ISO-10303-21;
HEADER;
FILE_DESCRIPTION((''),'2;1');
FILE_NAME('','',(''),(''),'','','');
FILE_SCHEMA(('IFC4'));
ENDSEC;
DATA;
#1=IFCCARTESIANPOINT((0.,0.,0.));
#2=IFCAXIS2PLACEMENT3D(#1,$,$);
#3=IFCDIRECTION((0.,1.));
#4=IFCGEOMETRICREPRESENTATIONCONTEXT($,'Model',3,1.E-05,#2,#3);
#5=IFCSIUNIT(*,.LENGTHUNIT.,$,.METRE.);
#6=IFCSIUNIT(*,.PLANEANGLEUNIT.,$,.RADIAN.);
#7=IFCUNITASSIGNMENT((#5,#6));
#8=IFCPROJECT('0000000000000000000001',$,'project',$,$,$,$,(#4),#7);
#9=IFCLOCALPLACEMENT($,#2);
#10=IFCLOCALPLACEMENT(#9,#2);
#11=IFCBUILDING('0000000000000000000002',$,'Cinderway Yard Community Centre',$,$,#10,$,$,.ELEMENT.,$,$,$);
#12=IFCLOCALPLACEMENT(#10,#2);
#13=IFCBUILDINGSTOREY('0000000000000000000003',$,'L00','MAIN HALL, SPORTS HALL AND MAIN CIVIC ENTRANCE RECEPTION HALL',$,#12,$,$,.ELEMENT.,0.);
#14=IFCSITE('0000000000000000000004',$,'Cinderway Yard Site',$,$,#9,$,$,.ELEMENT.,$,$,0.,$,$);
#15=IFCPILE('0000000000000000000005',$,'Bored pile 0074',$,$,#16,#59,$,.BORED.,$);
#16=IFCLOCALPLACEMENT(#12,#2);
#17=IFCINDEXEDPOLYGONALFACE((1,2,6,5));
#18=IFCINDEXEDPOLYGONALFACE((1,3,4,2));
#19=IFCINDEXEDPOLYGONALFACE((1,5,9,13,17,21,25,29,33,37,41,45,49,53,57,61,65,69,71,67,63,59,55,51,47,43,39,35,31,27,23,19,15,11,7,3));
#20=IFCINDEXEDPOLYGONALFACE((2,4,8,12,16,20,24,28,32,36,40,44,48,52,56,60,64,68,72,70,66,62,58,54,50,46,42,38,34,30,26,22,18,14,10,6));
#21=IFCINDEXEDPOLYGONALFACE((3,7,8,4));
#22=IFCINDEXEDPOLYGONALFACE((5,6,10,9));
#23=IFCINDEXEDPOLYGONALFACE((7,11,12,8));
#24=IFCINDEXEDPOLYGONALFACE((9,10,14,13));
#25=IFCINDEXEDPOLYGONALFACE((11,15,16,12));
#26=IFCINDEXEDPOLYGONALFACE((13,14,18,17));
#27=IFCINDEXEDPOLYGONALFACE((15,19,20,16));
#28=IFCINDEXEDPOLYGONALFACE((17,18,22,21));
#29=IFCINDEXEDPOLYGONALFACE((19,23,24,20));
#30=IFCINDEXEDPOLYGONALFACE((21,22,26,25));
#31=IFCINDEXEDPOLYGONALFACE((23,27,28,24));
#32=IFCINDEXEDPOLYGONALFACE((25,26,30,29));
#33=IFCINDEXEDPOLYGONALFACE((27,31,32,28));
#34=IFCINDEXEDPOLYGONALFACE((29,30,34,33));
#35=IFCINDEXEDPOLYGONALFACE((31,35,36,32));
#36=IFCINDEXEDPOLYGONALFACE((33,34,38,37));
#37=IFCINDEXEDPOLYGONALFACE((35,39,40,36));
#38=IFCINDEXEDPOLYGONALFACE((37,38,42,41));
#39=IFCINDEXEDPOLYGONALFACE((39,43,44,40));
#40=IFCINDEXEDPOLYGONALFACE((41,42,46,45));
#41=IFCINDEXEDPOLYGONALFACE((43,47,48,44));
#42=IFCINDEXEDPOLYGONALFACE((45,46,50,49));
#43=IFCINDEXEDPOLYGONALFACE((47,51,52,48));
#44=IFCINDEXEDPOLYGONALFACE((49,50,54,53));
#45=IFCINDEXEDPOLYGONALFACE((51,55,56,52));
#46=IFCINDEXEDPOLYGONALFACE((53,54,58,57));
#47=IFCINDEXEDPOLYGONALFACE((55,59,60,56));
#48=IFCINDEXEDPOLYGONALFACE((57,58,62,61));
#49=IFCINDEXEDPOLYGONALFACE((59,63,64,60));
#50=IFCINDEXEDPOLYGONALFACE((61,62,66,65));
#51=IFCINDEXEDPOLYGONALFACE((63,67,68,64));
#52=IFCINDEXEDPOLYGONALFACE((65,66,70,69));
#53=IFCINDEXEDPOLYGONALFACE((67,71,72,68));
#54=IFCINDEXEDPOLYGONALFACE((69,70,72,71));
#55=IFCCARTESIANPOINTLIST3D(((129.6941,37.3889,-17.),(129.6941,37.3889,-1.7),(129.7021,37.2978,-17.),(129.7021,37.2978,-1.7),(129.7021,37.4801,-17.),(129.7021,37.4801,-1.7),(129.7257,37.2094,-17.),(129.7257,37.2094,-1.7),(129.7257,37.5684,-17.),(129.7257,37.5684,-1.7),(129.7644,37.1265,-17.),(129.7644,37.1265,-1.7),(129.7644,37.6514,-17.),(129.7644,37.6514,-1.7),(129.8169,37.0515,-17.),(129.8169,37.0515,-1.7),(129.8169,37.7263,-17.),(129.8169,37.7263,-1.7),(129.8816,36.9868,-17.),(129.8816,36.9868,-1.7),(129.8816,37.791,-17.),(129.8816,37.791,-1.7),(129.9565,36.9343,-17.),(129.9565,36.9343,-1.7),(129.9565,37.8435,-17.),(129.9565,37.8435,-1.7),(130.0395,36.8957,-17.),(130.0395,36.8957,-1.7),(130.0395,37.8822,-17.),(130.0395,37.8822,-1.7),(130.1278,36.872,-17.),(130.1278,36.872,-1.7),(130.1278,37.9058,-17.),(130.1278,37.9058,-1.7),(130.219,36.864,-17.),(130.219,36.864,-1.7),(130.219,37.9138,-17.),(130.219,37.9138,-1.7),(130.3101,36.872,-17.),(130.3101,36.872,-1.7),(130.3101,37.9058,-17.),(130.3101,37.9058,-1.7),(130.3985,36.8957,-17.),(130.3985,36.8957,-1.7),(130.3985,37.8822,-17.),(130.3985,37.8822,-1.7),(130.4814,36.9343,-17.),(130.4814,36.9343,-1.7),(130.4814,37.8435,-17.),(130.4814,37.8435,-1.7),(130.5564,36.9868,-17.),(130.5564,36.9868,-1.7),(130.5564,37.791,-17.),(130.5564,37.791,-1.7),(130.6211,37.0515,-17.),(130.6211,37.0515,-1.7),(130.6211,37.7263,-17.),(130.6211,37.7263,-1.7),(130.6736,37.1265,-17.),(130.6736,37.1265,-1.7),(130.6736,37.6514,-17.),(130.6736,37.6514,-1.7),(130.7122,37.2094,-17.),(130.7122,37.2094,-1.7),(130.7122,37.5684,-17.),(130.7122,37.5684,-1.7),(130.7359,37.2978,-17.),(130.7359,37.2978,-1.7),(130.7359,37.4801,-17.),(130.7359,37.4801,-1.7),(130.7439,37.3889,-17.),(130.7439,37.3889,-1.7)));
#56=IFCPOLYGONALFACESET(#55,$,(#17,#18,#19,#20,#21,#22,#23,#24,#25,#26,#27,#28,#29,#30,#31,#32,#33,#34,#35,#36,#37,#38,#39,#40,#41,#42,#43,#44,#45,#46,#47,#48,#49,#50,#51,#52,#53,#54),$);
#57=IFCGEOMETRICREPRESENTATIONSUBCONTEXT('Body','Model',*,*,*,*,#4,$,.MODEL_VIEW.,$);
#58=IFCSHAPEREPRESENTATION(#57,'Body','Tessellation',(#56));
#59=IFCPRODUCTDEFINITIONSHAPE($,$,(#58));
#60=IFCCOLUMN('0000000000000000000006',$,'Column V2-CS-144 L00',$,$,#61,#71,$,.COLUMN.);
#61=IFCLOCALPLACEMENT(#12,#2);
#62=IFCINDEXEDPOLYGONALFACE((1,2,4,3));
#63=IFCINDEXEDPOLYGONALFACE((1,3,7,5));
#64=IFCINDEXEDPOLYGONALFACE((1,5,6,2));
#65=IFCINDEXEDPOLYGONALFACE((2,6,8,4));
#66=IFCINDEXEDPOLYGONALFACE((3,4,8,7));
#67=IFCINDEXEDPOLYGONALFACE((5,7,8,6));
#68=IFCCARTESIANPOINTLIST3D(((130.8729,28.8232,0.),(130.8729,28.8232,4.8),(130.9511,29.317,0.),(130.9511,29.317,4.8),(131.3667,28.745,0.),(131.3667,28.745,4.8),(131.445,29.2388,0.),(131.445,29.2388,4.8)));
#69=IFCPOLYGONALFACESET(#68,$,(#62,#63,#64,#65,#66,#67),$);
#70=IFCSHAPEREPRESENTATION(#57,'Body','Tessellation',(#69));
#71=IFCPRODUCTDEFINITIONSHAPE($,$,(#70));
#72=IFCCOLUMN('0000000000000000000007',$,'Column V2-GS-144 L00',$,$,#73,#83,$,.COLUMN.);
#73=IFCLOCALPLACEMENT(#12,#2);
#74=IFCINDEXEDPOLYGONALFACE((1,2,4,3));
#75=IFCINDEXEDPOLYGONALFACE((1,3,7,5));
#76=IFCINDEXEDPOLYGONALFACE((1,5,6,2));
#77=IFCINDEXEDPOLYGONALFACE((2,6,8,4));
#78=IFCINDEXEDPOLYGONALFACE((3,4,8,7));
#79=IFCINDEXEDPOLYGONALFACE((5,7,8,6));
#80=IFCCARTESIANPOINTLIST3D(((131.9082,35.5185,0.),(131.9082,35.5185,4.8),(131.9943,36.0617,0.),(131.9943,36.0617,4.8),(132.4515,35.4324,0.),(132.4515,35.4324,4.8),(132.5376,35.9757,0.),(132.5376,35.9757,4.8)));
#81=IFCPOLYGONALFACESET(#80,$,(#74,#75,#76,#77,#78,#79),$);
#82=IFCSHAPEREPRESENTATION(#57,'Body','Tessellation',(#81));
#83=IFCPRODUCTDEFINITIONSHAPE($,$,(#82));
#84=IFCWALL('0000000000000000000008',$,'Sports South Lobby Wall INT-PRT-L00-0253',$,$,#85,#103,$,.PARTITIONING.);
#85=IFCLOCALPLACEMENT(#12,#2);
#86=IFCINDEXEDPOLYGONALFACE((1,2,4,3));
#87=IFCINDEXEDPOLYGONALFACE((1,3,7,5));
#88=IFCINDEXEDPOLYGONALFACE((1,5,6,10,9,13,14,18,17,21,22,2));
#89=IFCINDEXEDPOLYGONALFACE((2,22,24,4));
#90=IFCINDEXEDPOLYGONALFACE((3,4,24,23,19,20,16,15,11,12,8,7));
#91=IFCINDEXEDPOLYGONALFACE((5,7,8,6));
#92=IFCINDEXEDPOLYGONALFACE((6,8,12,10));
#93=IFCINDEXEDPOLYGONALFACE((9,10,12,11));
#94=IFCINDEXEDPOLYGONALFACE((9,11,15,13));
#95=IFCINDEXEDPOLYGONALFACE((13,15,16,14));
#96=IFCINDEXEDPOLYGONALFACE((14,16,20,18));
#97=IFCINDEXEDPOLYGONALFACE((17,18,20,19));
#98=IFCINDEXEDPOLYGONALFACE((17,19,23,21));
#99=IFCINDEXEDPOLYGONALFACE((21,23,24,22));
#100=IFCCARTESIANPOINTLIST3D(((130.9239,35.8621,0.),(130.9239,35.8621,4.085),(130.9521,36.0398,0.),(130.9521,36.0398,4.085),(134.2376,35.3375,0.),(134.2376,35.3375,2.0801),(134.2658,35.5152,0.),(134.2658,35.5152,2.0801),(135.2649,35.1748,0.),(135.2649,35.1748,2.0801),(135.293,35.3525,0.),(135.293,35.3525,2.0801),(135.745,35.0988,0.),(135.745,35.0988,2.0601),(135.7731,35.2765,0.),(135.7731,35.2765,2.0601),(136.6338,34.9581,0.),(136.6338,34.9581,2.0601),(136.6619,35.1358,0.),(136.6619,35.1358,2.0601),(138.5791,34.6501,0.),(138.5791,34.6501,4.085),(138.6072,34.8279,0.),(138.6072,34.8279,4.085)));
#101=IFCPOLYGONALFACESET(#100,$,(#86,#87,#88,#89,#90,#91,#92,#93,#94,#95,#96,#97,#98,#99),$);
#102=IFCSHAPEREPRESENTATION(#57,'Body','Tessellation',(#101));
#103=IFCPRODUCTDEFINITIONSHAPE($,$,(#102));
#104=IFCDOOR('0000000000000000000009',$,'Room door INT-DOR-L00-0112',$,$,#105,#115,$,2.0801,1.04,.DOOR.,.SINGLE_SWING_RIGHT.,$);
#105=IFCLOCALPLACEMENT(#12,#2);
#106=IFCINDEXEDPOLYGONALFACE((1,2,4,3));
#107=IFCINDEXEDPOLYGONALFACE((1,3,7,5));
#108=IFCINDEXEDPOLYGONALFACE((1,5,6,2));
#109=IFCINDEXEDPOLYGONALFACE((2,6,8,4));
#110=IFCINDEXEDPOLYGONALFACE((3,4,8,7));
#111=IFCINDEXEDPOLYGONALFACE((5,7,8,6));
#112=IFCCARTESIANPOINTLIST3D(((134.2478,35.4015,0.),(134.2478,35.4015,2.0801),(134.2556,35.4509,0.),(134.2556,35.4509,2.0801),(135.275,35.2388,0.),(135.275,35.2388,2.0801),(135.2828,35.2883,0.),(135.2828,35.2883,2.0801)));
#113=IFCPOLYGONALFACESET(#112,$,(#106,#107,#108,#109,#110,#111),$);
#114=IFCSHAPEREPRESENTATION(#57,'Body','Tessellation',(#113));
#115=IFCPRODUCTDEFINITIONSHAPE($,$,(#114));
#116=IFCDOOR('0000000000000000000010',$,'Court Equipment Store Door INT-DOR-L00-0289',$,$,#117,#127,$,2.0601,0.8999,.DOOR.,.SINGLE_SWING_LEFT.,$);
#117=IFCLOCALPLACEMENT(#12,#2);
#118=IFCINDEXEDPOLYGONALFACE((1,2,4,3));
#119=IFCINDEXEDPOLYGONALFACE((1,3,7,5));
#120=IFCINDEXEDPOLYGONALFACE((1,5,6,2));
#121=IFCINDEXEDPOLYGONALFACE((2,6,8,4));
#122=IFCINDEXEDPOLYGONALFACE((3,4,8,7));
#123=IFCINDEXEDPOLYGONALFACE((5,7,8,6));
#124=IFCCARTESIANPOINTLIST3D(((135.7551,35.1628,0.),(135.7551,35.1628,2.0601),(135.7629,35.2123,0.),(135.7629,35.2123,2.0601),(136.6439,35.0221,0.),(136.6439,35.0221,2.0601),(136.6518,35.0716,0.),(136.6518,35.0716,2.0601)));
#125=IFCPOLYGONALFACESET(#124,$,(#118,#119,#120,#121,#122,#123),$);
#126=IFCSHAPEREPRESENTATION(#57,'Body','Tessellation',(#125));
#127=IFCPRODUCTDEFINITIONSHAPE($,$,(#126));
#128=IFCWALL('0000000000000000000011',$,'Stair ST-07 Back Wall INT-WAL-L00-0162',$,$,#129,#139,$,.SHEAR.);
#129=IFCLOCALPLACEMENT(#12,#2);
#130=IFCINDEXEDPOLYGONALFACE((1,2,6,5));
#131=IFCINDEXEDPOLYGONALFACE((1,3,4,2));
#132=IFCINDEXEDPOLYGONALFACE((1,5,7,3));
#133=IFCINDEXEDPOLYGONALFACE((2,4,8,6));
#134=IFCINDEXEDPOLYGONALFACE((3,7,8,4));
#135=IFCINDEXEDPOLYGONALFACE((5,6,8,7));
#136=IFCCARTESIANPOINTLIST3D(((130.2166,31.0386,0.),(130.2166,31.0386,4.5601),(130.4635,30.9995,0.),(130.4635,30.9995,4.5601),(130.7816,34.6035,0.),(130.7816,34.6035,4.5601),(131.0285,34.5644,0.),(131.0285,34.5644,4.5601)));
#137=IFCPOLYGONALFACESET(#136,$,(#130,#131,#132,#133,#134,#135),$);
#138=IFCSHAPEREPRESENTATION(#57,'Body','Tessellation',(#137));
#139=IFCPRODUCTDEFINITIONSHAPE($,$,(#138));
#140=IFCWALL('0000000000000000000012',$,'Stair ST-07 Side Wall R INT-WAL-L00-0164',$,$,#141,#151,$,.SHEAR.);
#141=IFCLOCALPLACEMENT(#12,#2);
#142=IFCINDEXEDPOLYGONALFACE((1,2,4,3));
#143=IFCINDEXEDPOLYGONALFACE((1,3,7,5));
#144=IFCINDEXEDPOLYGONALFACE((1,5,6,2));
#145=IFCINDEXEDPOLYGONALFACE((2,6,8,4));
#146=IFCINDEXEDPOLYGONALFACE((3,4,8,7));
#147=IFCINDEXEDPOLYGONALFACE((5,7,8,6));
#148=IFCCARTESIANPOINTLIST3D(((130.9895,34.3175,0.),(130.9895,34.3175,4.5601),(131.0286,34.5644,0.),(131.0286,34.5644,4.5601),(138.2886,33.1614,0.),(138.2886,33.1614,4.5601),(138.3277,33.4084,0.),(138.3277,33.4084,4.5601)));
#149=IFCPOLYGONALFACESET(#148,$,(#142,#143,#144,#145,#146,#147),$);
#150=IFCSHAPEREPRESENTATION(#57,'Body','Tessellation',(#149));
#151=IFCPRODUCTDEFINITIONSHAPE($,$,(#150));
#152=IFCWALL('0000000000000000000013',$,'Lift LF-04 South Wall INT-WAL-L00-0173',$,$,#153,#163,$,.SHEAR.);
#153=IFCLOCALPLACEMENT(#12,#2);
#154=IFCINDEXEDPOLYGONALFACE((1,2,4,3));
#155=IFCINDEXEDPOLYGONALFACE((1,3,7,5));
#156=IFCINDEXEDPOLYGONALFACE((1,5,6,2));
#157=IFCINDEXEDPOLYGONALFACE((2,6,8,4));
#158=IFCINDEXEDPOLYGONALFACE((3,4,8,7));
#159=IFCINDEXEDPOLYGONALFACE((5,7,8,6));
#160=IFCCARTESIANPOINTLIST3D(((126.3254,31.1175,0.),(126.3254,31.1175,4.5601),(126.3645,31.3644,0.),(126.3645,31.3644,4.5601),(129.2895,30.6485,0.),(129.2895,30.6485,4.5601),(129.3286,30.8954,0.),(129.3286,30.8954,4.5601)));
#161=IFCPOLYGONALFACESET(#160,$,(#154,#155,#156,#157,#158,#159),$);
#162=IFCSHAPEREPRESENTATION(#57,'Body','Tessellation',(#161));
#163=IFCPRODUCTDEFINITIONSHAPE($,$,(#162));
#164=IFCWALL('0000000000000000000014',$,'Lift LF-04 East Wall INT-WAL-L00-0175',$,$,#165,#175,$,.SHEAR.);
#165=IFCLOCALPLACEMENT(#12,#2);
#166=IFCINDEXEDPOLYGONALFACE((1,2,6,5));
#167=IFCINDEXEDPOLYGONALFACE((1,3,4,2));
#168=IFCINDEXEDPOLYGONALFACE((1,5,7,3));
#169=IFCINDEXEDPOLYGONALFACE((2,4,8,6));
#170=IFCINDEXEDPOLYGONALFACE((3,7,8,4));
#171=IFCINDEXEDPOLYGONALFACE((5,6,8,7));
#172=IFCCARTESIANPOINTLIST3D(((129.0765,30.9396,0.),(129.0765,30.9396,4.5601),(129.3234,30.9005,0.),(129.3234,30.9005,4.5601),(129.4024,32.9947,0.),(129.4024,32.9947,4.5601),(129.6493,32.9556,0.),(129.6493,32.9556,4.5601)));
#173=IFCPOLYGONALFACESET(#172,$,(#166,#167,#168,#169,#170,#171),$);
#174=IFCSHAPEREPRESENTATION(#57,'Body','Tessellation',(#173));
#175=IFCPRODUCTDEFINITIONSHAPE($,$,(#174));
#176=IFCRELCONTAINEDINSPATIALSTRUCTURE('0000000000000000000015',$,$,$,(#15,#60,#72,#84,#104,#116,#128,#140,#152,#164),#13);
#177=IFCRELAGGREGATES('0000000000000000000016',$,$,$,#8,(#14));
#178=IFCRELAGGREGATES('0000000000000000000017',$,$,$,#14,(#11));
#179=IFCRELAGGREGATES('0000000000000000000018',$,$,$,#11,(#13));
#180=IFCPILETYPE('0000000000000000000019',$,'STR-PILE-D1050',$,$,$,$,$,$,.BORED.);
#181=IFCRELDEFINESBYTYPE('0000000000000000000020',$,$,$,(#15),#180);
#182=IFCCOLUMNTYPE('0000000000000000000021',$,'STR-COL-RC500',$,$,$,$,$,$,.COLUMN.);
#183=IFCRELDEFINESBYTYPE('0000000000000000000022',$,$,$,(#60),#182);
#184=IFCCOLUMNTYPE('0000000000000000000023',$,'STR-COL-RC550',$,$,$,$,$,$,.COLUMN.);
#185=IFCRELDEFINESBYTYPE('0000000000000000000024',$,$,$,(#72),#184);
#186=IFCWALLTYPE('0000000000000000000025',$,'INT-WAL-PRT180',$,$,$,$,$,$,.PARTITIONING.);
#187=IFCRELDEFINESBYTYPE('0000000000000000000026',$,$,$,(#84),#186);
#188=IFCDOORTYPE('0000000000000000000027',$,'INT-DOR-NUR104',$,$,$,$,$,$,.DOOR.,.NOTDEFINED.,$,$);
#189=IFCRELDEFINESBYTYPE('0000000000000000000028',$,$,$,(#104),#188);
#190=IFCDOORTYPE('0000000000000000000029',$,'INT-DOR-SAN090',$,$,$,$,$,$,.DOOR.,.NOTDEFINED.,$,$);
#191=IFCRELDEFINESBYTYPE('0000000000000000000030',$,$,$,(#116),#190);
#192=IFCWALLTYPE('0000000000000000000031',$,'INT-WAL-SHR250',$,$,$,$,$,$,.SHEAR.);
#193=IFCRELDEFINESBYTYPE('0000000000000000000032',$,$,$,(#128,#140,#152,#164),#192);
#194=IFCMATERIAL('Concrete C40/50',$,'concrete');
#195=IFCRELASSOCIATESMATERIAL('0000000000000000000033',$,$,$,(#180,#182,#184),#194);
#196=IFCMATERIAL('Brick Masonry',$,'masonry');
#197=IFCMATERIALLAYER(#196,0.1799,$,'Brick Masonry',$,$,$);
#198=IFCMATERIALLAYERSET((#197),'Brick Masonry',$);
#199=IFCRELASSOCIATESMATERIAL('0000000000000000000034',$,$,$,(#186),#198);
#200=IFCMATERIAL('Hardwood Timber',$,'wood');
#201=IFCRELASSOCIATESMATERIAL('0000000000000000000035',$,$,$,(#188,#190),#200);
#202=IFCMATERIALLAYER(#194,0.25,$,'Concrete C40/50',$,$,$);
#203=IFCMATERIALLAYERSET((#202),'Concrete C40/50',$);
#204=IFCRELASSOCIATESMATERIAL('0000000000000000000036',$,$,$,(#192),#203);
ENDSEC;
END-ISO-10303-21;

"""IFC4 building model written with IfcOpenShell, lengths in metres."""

from ifc_helpers import new_model, si_unit, direction, frame, frame_2d, origin, origin_2d, place, context, subcontext, project, spatial, rectangle, circle, extrude, material, layer, layer_set, material_profile, profile_set, type_object, element, fill, save


model = new_model("IFC4")

# Units and contexts
model_context = context("Model", 3, precision=1e-05, world=origin(), true_north=direction((0.0, 1.0)))
body_context = subcontext(model_context, "Body", "Model", "MODEL_VIEW")
ifc_project = project(units=[si_unit("LENGTHUNIT", "METRE"), si_unit("PLANEANGLEUNIT", "RADIAN")], contexts=[model_context])

# Site, building, storey
site_placement = place(None, origin())
site = spatial("IfcSite", under=ifc_project, at=site_placement, Name="Cinderway Yard Site", CompositionType="ELEMENT", RefElevation=0.0)
building_placement = place(site_placement, origin())
building = spatial("IfcBuilding", under=site, at=building_placement, Name="Cinderway Yard Community Centre", CompositionType="ELEMENT")
storey_placement = place(building_placement, origin())
storey = spatial("IfcBuildingStorey", under=building, at=storey_placement, Name="L00", Description="MAIN HALL, SPORTS HALL AND MAIN CIVIC ENTRANCE RECEPTION HALL", CompositionType="ELEMENT", Elevation=0.0)

# Shared definitions
ifc_material_1 = material(Name="Concrete C40/50", Category="concrete")

# Pile
ifc_material_profile_1 = material_profile(ifc_material_1, circle(Radius=0.5249, at=origin_2d()), Name="Concrete C40/50")
ifc_profile_set_1 = profile_set([ifc_material_profile_1], Name="Concrete C40/50")
pile_type = type_object("IfcPileType", Name="STR-PILE-D1050", PredefinedType="BORED", material=ifc_profile_set_1)
for number, where, z_axis, x_axis, name in (
    (1, (130.219, 37.3889, -1.7), (0.0, 0.0, -1.0), (1.0, 0.0, 0.0), "Bored pile 0074"),
):
    element("IfcPile", number, at=place(storey_placement, frame(where, z_axis=z_axis, x_axis=x_axis)), inside=storey, type_object=pile_type, Name=name, PredefinedType="BORED", context=body_context, shape_type="SweptSolid", body=[
        extrude(circle(Radius=0.5249, at=origin_2d()), origin(), (0.0, 0.0, 1.0), 15.3),
    ])

# Columns
ifc_material_profile_2 = material_profile(ifc_material_1, rectangle(XDim=0.5, YDim=0.5, at=origin_2d()), Name="Concrete C40/50")
ifc_profile_set_2 = profile_set([ifc_material_profile_2], Name="Concrete C40/50")
column_type_1 = type_object("IfcColumnType", Name="STR-COL-RC500", PredefinedType="COLUMN", material=ifc_profile_set_2)
column_1_placement = place(storey_placement, frame((131.1589, 29.031, 0.0), z_axis=(0.0, 0.0, 1.0), x_axis=(0.987688, -0.156434, 0.0)))
element("IfcColumn", 2, at=column_1_placement, inside=storey, type_object=column_type_1, Name="Column V2-CS-144 L00", PredefinedType="COLUMN", context=body_context, shape_type="SweptSolid", body=[
    extrude(rectangle(XDim=0.5, YDim=0.5, at=origin_2d()), origin(), (0.0, 0.0, 1.0), 4.8),
])
ifc_material_profile_3 = material_profile(ifc_material_1, rectangle(XDim=0.55, YDim=0.55, at=origin_2d()), Name="Concrete C40/50")
ifc_profile_set_3 = profile_set([ifc_material_profile_3], Name="Concrete C40/50")
column_type_2 = type_object("IfcColumnType", Name="STR-COL-RC550", PredefinedType="COLUMN", material=ifc_profile_set_3)
column_2_placement = place(storey_placement, frame((132.2229, 35.7471, 0.0), z_axis=(0.0, 0.0, 1.0), x_axis=(0.987688, -0.156434, 0.0)))
element("IfcColumn", 3, at=column_2_placement, inside=storey, type_object=column_type_2, Name="Column V2-GS-144 L00", PredefinedType="COLUMN", context=body_context, shape_type="SweptSolid", body=[
    extrude(rectangle(XDim=0.55, YDim=0.55, at=origin_2d()), origin(), (0.0, 0.0, 1.0), 4.8),
])

# Wall, openings, doors
ifc_material_2 = material(Name="Brick Masonry", Category="masonry")
ifc_layer_1 = layer(ifc_material_2, 0.1799, Name="Brick Masonry")
ifc_layer_set_1 = layer_set([ifc_layer_1], Name="Brick Masonry")
wall_type_1 = type_object("IfcWallType", Name="INT-WAL-PRT180", PredefinedType="PARTITIONING", material=ifc_layer_set_1)
wall_1_placement = place(storey_placement, frame((130.938, 35.9509, 0.0), z_axis=(0.0, 0.0, 1.0), x_axis=(0.987699, -0.156369, 0.0)))
wall_1 = element("IfcWall", 4, at=wall_1_placement, inside=storey, type_object=wall_type_1, Name="Sports South Lobby Wall INT-PRT-L00-0253", PredefinedType="PARTITIONING", context=body_context, shape_type="SweptSolid", body=[
    extrude(rectangle(XDim=7.7505, YDim=0.1799, at=frame_2d((3.8752, 0.0))), origin(), (0.0, 0.0, 1.0), 4.085),
])
opening_1_placement = place(wall_1_placement, frame((3.355, 0.0, 0.0)))
opening_1 = element("IfcOpeningElement", 5, at=opening_1_placement, cuts=wall_1, PredefinedType="OPENING", context=body_context, shape_type="SweptSolid", body=[
    extrude(rectangle(XDim=1.04, YDim=2.0801, at=frame_2d((0.52, 1.04))), frame((0.0, 0.0999, 0.0), z_axis=(0.0, -1.0, 0.0), x_axis=(1.0, 0.0, 0.0)), (0.0, 0.0, 1.0), 0.2),
])
opening_2_placement = place(wall_1_placement, frame((4.8811, 0.0, 0.0)))
opening_2 = element("IfcOpeningElement", 6, at=opening_2_placement, cuts=wall_1, PredefinedType="OPENING", context=body_context, shape_type="SweptSolid", body=[
    extrude(rectangle(XDim=0.8999, YDim=2.0601, at=frame_2d((0.45, 1.03))), frame((0.0, 0.0999, 0.0), z_axis=(0.0, -1.0, 0.0), x_axis=(1.0, 0.0, 0.0)), (0.0, 0.0, 1.0), 0.2),
])
ifc_material_3 = material(Name="Hardwood Timber", Category="wood")
door_type_1 = type_object("IfcDoorType", Name="INT-DOR-NUR104", OperationType="NOTDEFINED", PredefinedType="DOOR", material=ifc_material_3)
door_1_placement = place(opening_1_placement, origin())
door_1 = element("IfcDoor", 7, at=door_1_placement, inside=storey, type_object=door_type_1, Name="Room door INT-DOR-L00-0112", OperationType="SINGLE_SWING_RIGHT", OverallHeight=2.0801, OverallWidth=1.04, PredefinedType="DOOR", context=body_context, shape_type="SweptSolid", body=[
    extrude(rectangle(XDim=1.04, YDim=2.0801, at=frame_2d((0.52, 1.04))), frame((0.0, 0.0249, 0.0), z_axis=(0.0, -1.0, 0.0), x_axis=(1.0, 0.0, 0.0)), (0.0, 0.0, 1.0), 0.05),
])
fill(opening_1, door_1)
door_type_2 = type_object("IfcDoorType", Name="INT-DOR-SAN090", OperationType="NOTDEFINED", PredefinedType="DOOR", material=ifc_material_3)
door_2_placement = place(opening_2_placement, origin())
door_2 = element("IfcDoor", 8, at=door_2_placement, inside=storey, type_object=door_type_2, Name="Court Equipment Store Door INT-DOR-L00-0289", OperationType="SINGLE_SWING_LEFT", OverallHeight=2.0601, OverallWidth=0.8999, PredefinedType="DOOR", context=body_context, shape_type="SweptSolid", body=[
    extrude(rectangle(XDim=0.8999, YDim=2.0601, at=frame_2d((0.45, 1.03))), frame((0.0, 0.0249, 0.0), z_axis=(0.0, -1.0, 0.0), x_axis=(1.0, 0.0, 0.0)), (0.0, 0.0, 1.0), 0.05),
])
fill(opening_2, door_2)

# Walls
ifc_layer_2 = layer(ifc_material_1, 0.25, Name="Concrete C40/50")
ifc_layer_set_2 = layer_set([ifc_layer_2], Name="Concrete C40/50")
wall_type_2 = type_object("IfcWallType", Name="INT-WAL-SHR250", PredefinedType="SHEAR", material=ifc_layer_set_2)
wall_2_placement = place(storey_placement, frame((130.3401, 31.019, 0.0), z_axis=(0.0, 0.0, 1.0), x_axis=(0.156518, 0.987675, 0.0)))
element("IfcWall", 9, at=wall_2_placement, inside=storey, type_object=wall_type_2, Name="Stair ST-07 Back Wall INT-WAL-L00-0162", PredefinedType="SHEAR", context=body_context, shape_type="SweptSolid", body=[
    extrude(rectangle(XDim=3.6094, YDim=0.25, at=frame_2d((1.8047, 0.0))), origin(), (0.0, 0.0, 1.0), 4.5601),
])
wall_3_placement = place(storey_placement, frame((131.009, 34.4409, 0.0), z_axis=(0.0, 0.0, 1.0), x_axis=(0.987689, -0.156427, 0.0)))
element("IfcWall", 10, at=wall_3_placement, inside=storey, type_object=wall_type_2, Name="Stair ST-07 Side Wall R INT-WAL-L00-0164", PredefinedType="SHEAR", context=body_context, shape_type="SweptSolid", body=[
    extrude(rectangle(XDim=7.3901, YDim=0.25, at=frame_2d((3.6951, 0.0))), origin(), (0.0, 0.0, 1.0), 4.5601),
])
wall_4_placement = place(storey_placement, frame((126.345, 31.241, 0.0), z_axis=(0.0, 0.0, 1.0), x_axis=(0.987713, -0.15628, 0.0)))
element("IfcWall", 11, at=wall_4_placement, inside=storey, type_object=wall_type_2, Name="Lift LF-04 South Wall INT-WAL-L00-0173", PredefinedType="SHEAR", context=body_context, shape_type="SweptSolid", body=[
    extrude(rectangle(XDim=3.001, YDim=0.25, at=frame_2d((1.5005, 0.0))), origin(), (0.0, 0.0, 1.0), 4.5601),
])

# Wall
wall_5_placement = place(storey_placement, frame((129.2, 30.9199, 0.0), z_axis=(0.0, 0.0, 1.0), x_axis=(0.156631, 0.987657, 0.0)))
element("IfcWall", 12, at=wall_5_placement, inside=storey, type_object=wall_type_2, Name="Lift LF-04 East Wall INT-WAL-L00-0175", PredefinedType="SHEAR", context=body_context, shape_type="SweptSolid", body=[
    extrude(rectangle(XDim=2.0808, YDim=0.25, at=frame_2d((1.0405, 0.0))), origin(), (0.0, 0.0, 1.0), 4.5601),
])

save(model, "model.ifc")
